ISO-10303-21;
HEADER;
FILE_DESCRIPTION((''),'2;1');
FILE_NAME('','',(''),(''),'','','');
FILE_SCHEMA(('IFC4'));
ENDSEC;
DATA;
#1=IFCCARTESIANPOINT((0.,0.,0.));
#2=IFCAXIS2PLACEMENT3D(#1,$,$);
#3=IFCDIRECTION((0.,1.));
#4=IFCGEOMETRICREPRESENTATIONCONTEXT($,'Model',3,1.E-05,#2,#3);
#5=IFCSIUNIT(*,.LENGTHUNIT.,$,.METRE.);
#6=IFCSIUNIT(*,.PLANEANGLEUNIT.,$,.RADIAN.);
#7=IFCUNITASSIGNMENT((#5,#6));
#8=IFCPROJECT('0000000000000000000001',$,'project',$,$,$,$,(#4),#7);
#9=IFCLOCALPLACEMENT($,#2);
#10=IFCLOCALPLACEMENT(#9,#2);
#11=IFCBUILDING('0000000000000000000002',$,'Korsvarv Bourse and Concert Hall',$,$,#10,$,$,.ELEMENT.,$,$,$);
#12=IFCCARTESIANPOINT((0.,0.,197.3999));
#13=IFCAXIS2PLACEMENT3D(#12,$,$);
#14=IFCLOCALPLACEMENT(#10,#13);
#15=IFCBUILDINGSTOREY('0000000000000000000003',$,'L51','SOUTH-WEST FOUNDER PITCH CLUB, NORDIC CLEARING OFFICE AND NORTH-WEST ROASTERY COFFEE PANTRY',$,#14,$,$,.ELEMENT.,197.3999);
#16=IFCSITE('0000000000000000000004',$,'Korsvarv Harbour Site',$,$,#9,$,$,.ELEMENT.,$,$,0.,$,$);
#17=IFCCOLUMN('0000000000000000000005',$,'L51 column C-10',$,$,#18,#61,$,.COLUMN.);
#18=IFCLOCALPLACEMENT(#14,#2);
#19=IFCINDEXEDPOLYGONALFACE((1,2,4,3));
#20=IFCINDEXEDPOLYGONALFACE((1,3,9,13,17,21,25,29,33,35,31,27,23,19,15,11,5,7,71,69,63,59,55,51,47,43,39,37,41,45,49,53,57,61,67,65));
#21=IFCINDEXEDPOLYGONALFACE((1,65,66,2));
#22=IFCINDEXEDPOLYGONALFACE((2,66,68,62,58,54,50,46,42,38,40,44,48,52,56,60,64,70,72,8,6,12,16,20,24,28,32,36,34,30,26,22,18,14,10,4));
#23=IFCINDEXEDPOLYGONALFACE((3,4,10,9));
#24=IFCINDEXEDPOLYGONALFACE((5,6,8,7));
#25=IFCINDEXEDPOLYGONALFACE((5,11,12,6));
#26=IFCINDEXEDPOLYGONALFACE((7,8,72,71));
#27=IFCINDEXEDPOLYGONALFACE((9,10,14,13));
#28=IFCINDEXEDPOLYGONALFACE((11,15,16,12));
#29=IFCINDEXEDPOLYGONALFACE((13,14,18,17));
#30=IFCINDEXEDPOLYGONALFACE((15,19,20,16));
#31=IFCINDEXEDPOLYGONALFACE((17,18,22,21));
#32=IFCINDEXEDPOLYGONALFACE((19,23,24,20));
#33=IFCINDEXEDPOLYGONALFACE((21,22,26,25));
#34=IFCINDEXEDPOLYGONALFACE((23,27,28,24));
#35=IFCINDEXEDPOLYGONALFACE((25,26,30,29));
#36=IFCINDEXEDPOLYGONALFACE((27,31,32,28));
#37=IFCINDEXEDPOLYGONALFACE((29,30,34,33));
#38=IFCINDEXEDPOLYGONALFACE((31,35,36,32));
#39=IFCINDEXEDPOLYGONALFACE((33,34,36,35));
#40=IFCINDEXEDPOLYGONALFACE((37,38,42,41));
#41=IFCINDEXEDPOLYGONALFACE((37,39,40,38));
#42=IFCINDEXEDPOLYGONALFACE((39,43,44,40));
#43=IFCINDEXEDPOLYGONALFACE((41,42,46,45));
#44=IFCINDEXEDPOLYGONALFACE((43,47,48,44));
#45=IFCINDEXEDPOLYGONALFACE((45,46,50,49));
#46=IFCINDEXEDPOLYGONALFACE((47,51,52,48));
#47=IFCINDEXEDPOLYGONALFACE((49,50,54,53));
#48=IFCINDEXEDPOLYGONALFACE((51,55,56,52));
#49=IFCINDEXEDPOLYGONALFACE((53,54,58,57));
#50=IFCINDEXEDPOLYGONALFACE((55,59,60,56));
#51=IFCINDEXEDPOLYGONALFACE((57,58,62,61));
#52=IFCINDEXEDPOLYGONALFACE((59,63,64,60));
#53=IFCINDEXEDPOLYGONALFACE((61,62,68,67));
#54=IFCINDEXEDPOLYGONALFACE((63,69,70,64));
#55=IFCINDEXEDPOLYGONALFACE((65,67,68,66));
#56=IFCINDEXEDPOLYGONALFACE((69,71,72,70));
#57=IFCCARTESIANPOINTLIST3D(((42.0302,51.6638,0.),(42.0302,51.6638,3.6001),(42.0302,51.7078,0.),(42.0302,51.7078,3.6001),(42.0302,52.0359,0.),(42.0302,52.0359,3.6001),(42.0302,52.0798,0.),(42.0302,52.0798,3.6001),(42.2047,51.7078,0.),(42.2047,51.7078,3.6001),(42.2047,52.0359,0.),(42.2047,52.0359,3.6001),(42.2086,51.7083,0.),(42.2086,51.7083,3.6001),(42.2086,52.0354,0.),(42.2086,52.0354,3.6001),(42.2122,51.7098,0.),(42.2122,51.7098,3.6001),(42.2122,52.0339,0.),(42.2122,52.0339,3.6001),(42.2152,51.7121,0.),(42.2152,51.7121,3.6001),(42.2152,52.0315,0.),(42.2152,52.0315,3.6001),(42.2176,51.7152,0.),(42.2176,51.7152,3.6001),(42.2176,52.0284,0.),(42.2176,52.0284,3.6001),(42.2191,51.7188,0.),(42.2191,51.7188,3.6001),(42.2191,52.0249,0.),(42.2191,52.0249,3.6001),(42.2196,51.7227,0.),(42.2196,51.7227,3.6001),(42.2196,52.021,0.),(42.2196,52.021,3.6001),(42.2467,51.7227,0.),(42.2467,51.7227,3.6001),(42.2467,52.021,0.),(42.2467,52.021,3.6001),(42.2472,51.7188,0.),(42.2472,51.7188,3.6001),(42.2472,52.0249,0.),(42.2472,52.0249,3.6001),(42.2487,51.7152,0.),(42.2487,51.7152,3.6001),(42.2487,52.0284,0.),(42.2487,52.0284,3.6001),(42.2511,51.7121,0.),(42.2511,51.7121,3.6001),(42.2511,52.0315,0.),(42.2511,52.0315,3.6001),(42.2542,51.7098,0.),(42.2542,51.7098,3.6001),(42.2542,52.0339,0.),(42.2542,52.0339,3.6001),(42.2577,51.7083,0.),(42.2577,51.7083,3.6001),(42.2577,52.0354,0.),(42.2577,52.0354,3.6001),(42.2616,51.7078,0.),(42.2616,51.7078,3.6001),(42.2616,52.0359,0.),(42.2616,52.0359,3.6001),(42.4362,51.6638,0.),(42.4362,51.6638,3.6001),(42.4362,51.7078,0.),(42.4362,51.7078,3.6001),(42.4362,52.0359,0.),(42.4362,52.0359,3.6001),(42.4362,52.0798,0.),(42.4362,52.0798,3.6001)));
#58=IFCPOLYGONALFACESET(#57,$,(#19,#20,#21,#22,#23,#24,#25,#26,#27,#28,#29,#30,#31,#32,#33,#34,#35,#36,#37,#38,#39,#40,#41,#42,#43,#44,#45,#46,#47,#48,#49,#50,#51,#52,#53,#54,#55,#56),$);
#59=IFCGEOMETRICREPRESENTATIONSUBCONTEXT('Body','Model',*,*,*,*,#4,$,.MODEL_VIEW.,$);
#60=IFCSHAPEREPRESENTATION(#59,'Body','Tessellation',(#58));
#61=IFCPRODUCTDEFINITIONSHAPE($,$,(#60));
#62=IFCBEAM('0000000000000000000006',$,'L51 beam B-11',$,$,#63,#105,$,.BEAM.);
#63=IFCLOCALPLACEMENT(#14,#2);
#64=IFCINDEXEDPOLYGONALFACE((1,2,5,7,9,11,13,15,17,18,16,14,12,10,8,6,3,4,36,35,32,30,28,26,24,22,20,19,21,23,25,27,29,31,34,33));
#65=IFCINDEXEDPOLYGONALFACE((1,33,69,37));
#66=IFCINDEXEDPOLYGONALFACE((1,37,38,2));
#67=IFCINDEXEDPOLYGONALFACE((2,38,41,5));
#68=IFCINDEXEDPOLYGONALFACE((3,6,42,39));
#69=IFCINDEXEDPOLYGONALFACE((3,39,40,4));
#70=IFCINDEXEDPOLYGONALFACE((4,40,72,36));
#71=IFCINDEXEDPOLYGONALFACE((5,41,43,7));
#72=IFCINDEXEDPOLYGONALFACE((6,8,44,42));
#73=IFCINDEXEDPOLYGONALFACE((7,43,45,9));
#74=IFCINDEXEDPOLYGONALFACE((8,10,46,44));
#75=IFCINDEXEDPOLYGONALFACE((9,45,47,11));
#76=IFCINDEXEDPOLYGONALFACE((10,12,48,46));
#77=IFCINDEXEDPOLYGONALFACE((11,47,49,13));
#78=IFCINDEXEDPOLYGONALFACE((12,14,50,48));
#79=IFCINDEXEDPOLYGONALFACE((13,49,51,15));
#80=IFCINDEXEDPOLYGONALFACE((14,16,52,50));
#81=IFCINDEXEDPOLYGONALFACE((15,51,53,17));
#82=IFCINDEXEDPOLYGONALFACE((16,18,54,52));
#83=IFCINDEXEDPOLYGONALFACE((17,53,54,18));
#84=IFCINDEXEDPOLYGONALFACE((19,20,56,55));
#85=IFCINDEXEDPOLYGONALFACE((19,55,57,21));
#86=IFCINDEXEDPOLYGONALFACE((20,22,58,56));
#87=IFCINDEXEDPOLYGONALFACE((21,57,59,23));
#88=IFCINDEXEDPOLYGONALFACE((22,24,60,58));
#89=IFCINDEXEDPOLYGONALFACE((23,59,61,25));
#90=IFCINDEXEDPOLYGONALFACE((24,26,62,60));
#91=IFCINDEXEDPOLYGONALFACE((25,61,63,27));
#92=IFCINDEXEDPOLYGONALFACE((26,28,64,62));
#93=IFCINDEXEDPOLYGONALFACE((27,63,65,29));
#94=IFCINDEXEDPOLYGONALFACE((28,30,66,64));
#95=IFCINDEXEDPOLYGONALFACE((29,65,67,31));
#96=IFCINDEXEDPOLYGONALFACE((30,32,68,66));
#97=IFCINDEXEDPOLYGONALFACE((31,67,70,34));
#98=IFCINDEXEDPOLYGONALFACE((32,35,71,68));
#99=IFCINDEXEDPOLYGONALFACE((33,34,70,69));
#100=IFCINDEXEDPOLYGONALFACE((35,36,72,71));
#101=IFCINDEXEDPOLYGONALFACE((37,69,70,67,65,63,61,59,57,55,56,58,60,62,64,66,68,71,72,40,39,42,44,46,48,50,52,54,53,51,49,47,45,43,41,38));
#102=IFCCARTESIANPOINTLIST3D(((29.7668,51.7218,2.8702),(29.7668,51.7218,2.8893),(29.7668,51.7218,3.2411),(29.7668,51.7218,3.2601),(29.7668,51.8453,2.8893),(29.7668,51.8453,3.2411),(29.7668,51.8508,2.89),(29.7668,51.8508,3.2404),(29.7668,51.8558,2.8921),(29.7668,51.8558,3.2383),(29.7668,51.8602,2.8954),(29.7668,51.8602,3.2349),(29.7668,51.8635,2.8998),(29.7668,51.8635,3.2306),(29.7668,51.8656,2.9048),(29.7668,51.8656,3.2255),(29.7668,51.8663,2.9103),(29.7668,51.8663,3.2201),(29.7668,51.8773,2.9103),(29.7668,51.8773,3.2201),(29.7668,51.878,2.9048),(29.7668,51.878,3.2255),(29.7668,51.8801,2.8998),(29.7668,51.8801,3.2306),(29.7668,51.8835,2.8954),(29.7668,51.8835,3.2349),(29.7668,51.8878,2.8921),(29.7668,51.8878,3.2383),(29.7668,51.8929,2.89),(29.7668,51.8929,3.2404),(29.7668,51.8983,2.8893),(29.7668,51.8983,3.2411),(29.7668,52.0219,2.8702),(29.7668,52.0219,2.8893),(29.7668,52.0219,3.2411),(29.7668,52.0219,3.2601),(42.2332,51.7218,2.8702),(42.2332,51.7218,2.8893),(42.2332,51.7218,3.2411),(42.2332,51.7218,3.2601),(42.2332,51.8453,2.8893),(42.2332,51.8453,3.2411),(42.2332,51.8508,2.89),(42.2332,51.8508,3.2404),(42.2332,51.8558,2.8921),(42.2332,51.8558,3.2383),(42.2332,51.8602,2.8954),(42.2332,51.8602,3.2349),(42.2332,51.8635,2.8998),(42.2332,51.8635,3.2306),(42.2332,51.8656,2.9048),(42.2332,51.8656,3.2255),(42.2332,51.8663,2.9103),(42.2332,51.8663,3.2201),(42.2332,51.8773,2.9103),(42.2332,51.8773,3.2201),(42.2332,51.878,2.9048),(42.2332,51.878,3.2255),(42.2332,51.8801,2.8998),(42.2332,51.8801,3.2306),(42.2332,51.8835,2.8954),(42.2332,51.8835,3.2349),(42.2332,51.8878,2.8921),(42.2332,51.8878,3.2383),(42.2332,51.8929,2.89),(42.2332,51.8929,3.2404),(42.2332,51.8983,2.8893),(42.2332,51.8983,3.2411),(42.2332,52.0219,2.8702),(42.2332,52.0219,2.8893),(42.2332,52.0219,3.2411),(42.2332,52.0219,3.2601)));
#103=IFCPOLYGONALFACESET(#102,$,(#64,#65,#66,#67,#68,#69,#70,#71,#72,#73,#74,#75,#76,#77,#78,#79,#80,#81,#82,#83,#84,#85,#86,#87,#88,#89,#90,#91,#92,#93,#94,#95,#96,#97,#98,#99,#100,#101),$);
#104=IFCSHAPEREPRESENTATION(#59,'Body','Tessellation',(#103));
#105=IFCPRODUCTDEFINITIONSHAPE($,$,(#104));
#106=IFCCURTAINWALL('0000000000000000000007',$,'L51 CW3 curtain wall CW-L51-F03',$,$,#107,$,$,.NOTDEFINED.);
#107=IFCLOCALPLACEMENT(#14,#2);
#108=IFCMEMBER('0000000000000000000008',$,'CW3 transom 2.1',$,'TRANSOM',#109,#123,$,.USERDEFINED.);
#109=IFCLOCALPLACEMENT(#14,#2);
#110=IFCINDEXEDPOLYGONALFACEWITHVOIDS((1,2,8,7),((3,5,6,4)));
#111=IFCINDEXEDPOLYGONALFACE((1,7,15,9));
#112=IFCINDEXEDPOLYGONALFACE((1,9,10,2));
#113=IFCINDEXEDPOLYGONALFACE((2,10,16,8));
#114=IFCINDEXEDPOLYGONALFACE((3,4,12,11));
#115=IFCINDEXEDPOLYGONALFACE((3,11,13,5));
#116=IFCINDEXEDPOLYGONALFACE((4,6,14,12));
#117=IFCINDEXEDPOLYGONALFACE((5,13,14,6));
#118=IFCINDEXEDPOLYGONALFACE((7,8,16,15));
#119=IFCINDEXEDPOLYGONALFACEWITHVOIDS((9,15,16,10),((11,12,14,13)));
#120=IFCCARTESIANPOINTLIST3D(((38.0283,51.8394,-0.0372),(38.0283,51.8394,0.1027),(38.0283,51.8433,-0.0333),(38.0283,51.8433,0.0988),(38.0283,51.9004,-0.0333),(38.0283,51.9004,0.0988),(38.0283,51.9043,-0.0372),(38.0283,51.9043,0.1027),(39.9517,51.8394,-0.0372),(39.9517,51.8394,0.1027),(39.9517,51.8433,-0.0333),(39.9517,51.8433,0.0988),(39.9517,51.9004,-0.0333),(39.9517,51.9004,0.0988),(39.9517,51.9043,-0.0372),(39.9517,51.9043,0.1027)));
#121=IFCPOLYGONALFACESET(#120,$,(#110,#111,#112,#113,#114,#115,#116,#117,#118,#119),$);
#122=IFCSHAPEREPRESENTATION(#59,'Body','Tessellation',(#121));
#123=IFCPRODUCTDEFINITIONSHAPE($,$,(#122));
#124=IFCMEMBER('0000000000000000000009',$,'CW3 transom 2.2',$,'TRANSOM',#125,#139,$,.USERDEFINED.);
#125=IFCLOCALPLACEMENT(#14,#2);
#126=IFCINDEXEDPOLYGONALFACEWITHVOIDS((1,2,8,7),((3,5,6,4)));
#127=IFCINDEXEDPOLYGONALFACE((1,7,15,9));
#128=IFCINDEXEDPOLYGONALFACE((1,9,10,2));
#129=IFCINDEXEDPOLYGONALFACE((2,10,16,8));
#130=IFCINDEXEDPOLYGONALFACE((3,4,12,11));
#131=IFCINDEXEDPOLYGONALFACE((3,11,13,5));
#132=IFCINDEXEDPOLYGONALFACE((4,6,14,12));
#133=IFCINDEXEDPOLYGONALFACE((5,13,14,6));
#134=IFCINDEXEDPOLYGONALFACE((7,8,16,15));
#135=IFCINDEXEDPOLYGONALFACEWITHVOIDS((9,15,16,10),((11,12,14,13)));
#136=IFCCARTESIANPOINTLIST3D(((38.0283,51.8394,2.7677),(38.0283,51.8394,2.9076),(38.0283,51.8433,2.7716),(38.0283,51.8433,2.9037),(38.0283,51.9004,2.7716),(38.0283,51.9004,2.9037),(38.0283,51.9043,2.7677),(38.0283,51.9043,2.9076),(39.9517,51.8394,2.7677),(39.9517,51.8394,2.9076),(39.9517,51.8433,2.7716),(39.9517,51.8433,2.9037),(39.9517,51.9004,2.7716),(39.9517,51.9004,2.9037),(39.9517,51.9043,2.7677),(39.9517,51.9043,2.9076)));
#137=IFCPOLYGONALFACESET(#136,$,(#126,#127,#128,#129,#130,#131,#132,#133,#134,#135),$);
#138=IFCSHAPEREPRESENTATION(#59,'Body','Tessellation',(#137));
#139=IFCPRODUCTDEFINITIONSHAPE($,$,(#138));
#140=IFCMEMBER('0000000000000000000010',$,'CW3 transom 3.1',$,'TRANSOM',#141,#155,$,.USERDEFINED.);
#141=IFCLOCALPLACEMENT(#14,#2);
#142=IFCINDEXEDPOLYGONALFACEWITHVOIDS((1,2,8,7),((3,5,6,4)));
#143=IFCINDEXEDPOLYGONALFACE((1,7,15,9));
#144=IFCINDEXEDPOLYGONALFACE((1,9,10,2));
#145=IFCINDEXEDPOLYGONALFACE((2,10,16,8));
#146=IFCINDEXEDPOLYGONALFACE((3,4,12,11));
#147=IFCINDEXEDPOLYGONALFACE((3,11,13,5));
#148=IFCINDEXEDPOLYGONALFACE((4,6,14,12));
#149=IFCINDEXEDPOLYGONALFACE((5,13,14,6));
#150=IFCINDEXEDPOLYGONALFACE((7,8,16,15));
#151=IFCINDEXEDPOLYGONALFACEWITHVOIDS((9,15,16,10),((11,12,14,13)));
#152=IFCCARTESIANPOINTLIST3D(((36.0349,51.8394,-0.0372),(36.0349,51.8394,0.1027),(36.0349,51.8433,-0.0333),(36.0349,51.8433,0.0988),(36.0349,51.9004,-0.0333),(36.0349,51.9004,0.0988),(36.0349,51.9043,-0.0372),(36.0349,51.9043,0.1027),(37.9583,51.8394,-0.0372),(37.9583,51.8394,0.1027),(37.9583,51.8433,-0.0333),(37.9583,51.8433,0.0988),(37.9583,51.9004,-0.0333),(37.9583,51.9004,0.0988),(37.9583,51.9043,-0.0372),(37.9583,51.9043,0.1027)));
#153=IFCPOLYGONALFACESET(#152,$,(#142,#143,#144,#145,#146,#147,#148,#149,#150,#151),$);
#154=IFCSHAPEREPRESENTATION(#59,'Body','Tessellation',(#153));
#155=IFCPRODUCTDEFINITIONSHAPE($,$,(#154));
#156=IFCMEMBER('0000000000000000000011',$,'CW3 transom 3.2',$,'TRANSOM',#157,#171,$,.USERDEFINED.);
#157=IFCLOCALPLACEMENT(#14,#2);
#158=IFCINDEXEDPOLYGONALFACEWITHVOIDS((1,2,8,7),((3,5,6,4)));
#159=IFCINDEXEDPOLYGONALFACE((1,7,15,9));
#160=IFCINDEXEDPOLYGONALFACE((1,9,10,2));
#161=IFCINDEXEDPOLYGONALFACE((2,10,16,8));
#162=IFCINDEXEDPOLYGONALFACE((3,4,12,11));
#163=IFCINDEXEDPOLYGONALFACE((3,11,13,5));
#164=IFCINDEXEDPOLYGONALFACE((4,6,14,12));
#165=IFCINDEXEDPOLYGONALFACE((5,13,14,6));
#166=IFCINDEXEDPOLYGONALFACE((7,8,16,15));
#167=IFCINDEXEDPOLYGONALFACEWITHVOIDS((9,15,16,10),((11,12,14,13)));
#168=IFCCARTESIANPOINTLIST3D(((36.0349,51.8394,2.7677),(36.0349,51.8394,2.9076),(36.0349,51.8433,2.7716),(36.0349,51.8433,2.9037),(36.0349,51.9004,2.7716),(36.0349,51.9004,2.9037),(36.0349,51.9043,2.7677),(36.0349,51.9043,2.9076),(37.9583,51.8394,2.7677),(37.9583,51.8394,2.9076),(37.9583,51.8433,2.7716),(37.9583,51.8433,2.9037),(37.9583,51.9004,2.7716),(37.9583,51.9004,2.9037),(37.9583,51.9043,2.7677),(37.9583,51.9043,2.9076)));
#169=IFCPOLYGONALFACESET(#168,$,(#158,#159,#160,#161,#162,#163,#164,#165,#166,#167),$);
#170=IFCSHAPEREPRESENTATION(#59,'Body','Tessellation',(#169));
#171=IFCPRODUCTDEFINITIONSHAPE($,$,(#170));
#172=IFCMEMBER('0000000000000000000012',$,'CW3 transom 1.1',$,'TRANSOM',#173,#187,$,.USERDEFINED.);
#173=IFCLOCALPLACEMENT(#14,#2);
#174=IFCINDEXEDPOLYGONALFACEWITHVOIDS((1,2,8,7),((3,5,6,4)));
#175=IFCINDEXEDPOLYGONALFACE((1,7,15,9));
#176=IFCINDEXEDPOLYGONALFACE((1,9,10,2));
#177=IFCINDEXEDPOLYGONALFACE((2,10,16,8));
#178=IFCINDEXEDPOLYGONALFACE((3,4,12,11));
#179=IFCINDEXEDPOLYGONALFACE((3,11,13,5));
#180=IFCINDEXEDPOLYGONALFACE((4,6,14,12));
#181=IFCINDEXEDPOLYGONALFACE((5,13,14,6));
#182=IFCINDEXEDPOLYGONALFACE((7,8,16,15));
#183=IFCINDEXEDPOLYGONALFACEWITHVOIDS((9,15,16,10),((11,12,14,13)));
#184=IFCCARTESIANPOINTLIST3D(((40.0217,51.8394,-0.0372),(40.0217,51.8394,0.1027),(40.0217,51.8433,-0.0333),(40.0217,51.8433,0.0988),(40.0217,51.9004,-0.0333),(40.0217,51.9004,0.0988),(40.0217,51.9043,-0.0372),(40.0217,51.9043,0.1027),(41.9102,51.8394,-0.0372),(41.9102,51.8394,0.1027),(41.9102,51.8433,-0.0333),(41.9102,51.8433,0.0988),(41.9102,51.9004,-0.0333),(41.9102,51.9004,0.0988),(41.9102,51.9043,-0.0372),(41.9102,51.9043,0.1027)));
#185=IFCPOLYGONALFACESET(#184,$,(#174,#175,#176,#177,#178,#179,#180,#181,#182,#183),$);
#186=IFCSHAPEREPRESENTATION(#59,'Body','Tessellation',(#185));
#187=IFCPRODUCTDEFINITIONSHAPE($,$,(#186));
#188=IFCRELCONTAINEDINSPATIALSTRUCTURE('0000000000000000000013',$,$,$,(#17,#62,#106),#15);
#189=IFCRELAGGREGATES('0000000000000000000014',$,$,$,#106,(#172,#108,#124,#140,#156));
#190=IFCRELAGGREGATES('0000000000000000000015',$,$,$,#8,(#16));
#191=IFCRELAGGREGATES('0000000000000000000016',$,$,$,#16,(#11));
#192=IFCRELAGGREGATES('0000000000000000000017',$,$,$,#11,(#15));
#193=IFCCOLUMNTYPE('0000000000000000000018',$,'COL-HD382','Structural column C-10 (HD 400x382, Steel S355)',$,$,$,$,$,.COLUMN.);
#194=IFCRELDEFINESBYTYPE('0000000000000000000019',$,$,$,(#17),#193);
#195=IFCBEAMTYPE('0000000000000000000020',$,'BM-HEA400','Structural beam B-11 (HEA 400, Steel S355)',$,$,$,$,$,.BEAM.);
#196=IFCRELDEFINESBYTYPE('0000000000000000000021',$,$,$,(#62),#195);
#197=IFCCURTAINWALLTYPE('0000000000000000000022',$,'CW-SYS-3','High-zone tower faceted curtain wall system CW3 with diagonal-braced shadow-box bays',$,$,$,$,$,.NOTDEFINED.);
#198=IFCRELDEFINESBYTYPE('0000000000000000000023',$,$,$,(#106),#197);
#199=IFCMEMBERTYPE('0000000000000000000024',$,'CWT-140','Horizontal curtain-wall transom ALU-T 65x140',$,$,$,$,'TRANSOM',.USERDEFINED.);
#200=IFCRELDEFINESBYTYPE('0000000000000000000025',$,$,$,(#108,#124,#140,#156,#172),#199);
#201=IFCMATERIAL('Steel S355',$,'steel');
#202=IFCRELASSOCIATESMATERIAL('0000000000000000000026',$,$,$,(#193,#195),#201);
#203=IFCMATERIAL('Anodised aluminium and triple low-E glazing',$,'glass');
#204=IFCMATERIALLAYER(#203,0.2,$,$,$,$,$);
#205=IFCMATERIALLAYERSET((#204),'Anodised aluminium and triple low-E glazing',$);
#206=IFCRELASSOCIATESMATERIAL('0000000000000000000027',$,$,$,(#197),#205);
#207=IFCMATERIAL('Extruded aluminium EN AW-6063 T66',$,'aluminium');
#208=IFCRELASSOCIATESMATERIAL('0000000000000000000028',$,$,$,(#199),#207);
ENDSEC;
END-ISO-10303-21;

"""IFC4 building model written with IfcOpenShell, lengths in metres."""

from ifc_helpers import new_model, si_unit, direction, frame, origin, origin_2d, place, context, subcontext, project, spatial, hollow_rectangle, i_section, extrude, source, transform, mapped, material, layer, layer_set, material_profile, profile_set, type_object, element, aggregate, save


model = new_model("IFC4")

# Units and contexts
model_context = context("Model", 3, precision=1e-05, world=origin(), true_north=direction((0.0, 1.0)))
body_context = subcontext(model_context, "Body", "Model", "MODEL_VIEW")
ifc_project = project(units=[si_unit("LENGTHUNIT", "METRE"), si_unit("PLANEANGLEUNIT", "RADIAN")], contexts=[model_context])

# Site, building, storey
site_placement = place(None, origin())
site = spatial("IfcSite", under=ifc_project, at=site_placement, Name="Korsvarv Harbour Site", CompositionType="ELEMENT", RefElevation=0.0)
building_placement = place(site_placement, origin())
building = spatial("IfcBuilding", under=site, at=building_placement, Name="Korsvarv Bourse and Concert Hall", CompositionType="ELEMENT")
storey_placement = place(building_placement, frame((0.0, 0.0, 197.3999)))
storey = spatial("IfcBuildingStorey", under=building, at=storey_placement, Name="L51", Description="SOUTH-WEST FOUNDER PITCH CLUB, NORDIC CLEARING OFFICE AND NORTH-WEST ROASTERY COFFEE PANTRY", CompositionType="ELEMENT", Elevation=197.3999)

# Column
ifc_material_1 = material(Name="Steel S355", Category="steel")
ifc_material_profile_1 = material_profile(ifc_material_1, i_section(OverallWidth=0.406, OverallDepth=0.416, WebThickness=0.0271, FlangeThickness=0.0439, FilletRadius=0.0149, at=origin_2d()), Name="HD 400x382")
ifc_profile_set_1 = profile_set([ifc_material_profile_1], Name="Steel S355")
column_type = type_object("IfcColumnType", Name="COL-HD382", Description="Structural column C-10 (HD 400x382, Steel S355)", PredefinedType="COLUMN", material=ifc_profile_set_1)
shared_shape_1 = source(origin(), body_context, "Body", "SweptSolid", [
    extrude(i_section(OverallWidth=0.406, OverallDepth=0.416, WebThickness=0.0271, FlangeThickness=0.0439, FilletRadius=0.0149, at=origin_2d()), origin(), (0.0, 0.0, 1.0), 3.6001),
])
column_placement = place(storey_placement, frame((42.2332, 51.8718, 0.0), z_axis=(0.0, 0.0, 1.0), x_axis=(1.0, 0.0, 0.0)))
element("IfcColumn", 1, at=column_placement, inside=storey, type_object=column_type, Name="L51 column C-10", PredefinedType="COLUMN", context=body_context, shape_type="MappedRepresentation", body=[
    mapped(shared_shape_1, transform((0.0, 0.0, 0.0), scale=1.0)),
])

# Beam
ifc_material_profile_2 = material_profile(ifc_material_1, i_section(OverallWidth=0.3, OverallDepth=0.3899, WebThickness=0.011, FlangeThickness=0.019, FilletRadius=0.021, at=origin_2d()), Name="HEA 400")
ifc_profile_set_2 = profile_set([ifc_material_profile_2], Name="Steel S355")
beam_type = type_object("IfcBeamType", Name="BM-HEA400", Description="Structural beam B-11 (HEA 400, Steel S355)", PredefinedType="BEAM", material=ifc_profile_set_2)
shared_shape_2 = source(origin(), body_context, "Body", "SweptSolid", [
    extrude(i_section(OverallWidth=0.3, OverallDepth=0.3899, WebThickness=0.011, FlangeThickness=0.019, FilletRadius=0.021, at=origin_2d()), origin(), (0.0, 0.0, 1.0), 12.4663),
])
beam_placement = place(storey_placement, frame((42.2332, 51.8718, 3.0652), z_axis=(-1.0, 0.0, 0.0), x_axis=(0.0, -1.0, 0.0)))
element("IfcBeam", 2, at=beam_placement, inside=storey, type_object=beam_type, Name="L51 beam B-11", PredefinedType="BEAM", context=body_context, shape_type="MappedRepresentation", body=[
    mapped(shared_shape_2, transform((0.0, 0.0, 0.0), scale=1.0)),
])

# Curtain wall, members
ifc_material_2 = material(Name="Anodised aluminium and triple low-E glazing", Category="glass")
ifc_layer_1 = layer(ifc_material_2, 0.2)
ifc_layer_set_1 = layer_set([ifc_layer_1], Name="Anodised aluminium and triple low-E glazing")
curtain_wall_type = type_object("IfcCurtainWallType", Name="CW-SYS-3", Description="High-zone tower faceted curtain wall system CW3 with diagonal-braced shadow-box bays", PredefinedType="NOTDEFINED", material=ifc_layer_set_1)
curtain_wall_placement = place(storey_placement, origin())
curtain_wall = element("IfcCurtainWall", 3, at=curtain_wall_placement, inside=storey, type_object=curtain_wall_type, Name="L51 CW3 curtain wall CW-L51-F03", PredefinedType="NOTDEFINED")
ifc_material_3 = material(Name="Extruded aluminium EN AW-6063 T66", Category="aluminium")
ifc_material_profile_3 = material_profile(ifc_material_3, hollow_rectangle(XDim=0.0649, YDim=0.1399, WallThickness=0.0039, at=origin_2d()), Name="ALU-T 65x140")
ifc_profile_set_3 = profile_set([ifc_material_profile_3], Name="Extruded aluminium EN AW-6063 T66")
member_type_1 = type_object("IfcMemberType", Name="CWT-140", Description="Horizontal curtain-wall transom ALU-T 65x140", ElementType="TRANSOM", PredefinedType="USERDEFINED", material=ifc_profile_set_3)
shared_shape_3 = source(origin(), body_context, "Body", "SweptSolid", [
    extrude(hollow_rectangle(XDim=0.0649, YDim=0.1399, WallThickness=0.0039, at=origin_2d()), origin(), (0.0, 0.0, 1.0), 1.9233),
])
member_1_placement = place(storey_placement, frame((39.9517, 51.8718, 0.0327), z_axis=(-1.0, 0.0, 0.0), x_axis=(0.0, -1.0, 0.0)))
member_1 = element("IfcMember", 4, at=member_1_placement, type_object=member_type_1, Name="CW3 transom 2.1", ObjectType="TRANSOM", PredefinedType="USERDEFINED", context=body_context, shape_type="MappedRepresentation", body=[
    mapped(shared_shape_3, transform((0.0, 0.0, 0.0), scale=1.0)),
])
member_2_placement = place(storey_placement, frame((39.9517, 51.8718, 2.8376), z_axis=(-1.0, 0.0, 0.0), x_axis=(0.0, -1.0, 0.0)))
member_2 = element("IfcMember", 5, at=member_2_placement, type_object=member_type_1, Name="CW3 transom 2.2", ObjectType="TRANSOM", PredefinedType="USERDEFINED", context=body_context, shape_type="MappedRepresentation", body=[
    mapped(shared_shape_3, transform((0.0, 0.0, 0.0), scale=1.0)),
])
member_3_placement = place(storey_placement, frame((37.9583, 51.8718, 0.0327), z_axis=(-1.0, 0.0, 0.0), x_axis=(0.0, -1.0, 0.0)))
member_3 = element("IfcMember", 6, at=member_3_placement, type_object=member_type_1, Name="CW3 transom 3.1", ObjectType="TRANSOM", PredefinedType="USERDEFINED", context=body_context, shape_type="MappedRepresentation", body=[
    mapped(shared_shape_3, transform((0.0, 0.0, 0.0), scale=1.0)),
])
member_4_placement = place(storey_placement, frame((37.9583, 51.8718, 2.8376), z_axis=(-1.0, 0.0, 0.0), x_axis=(0.0, -1.0, 0.0)))
member_4 = element("IfcMember", 7, at=member_4_placement, type_object=member_type_1, Name="CW3 transom 3.2", ObjectType="TRANSOM", PredefinedType="USERDEFINED", context=body_context, shape_type="MappedRepresentation", body=[
    mapped(shared_shape_3, transform((0.0, 0.0, 0.0), scale=1.0)),
])
shared_shape_4 = source(origin(), body_context, "Body", "SweptSolid", [
    extrude(hollow_rectangle(XDim=0.0649, YDim=0.1399, WallThickness=0.0039, at=origin_2d()), origin(), (0.0, 0.0, 1.0), 1.8884),
])
member_5_placement = place(storey_placement, frame((41.9102, 51.8718, 0.0327), z_axis=(-1.0, 0.0, 0.0), x_axis=(0.0, -1.0, 0.0)))
member_5 = element("IfcMember", 8, at=member_5_placement, type_object=member_type_1, Name="CW3 transom 1.1", ObjectType="TRANSOM", PredefinedType="USERDEFINED", context=body_context, shape_type="MappedRepresentation", body=[
    mapped(shared_shape_4, transform((0.0, 0.0, 0.0), scale=1.0)),
])
aggregate(curtain_wall, [member_5, member_1, member_2, member_3, member_4])

save(model, "model.ifc")
